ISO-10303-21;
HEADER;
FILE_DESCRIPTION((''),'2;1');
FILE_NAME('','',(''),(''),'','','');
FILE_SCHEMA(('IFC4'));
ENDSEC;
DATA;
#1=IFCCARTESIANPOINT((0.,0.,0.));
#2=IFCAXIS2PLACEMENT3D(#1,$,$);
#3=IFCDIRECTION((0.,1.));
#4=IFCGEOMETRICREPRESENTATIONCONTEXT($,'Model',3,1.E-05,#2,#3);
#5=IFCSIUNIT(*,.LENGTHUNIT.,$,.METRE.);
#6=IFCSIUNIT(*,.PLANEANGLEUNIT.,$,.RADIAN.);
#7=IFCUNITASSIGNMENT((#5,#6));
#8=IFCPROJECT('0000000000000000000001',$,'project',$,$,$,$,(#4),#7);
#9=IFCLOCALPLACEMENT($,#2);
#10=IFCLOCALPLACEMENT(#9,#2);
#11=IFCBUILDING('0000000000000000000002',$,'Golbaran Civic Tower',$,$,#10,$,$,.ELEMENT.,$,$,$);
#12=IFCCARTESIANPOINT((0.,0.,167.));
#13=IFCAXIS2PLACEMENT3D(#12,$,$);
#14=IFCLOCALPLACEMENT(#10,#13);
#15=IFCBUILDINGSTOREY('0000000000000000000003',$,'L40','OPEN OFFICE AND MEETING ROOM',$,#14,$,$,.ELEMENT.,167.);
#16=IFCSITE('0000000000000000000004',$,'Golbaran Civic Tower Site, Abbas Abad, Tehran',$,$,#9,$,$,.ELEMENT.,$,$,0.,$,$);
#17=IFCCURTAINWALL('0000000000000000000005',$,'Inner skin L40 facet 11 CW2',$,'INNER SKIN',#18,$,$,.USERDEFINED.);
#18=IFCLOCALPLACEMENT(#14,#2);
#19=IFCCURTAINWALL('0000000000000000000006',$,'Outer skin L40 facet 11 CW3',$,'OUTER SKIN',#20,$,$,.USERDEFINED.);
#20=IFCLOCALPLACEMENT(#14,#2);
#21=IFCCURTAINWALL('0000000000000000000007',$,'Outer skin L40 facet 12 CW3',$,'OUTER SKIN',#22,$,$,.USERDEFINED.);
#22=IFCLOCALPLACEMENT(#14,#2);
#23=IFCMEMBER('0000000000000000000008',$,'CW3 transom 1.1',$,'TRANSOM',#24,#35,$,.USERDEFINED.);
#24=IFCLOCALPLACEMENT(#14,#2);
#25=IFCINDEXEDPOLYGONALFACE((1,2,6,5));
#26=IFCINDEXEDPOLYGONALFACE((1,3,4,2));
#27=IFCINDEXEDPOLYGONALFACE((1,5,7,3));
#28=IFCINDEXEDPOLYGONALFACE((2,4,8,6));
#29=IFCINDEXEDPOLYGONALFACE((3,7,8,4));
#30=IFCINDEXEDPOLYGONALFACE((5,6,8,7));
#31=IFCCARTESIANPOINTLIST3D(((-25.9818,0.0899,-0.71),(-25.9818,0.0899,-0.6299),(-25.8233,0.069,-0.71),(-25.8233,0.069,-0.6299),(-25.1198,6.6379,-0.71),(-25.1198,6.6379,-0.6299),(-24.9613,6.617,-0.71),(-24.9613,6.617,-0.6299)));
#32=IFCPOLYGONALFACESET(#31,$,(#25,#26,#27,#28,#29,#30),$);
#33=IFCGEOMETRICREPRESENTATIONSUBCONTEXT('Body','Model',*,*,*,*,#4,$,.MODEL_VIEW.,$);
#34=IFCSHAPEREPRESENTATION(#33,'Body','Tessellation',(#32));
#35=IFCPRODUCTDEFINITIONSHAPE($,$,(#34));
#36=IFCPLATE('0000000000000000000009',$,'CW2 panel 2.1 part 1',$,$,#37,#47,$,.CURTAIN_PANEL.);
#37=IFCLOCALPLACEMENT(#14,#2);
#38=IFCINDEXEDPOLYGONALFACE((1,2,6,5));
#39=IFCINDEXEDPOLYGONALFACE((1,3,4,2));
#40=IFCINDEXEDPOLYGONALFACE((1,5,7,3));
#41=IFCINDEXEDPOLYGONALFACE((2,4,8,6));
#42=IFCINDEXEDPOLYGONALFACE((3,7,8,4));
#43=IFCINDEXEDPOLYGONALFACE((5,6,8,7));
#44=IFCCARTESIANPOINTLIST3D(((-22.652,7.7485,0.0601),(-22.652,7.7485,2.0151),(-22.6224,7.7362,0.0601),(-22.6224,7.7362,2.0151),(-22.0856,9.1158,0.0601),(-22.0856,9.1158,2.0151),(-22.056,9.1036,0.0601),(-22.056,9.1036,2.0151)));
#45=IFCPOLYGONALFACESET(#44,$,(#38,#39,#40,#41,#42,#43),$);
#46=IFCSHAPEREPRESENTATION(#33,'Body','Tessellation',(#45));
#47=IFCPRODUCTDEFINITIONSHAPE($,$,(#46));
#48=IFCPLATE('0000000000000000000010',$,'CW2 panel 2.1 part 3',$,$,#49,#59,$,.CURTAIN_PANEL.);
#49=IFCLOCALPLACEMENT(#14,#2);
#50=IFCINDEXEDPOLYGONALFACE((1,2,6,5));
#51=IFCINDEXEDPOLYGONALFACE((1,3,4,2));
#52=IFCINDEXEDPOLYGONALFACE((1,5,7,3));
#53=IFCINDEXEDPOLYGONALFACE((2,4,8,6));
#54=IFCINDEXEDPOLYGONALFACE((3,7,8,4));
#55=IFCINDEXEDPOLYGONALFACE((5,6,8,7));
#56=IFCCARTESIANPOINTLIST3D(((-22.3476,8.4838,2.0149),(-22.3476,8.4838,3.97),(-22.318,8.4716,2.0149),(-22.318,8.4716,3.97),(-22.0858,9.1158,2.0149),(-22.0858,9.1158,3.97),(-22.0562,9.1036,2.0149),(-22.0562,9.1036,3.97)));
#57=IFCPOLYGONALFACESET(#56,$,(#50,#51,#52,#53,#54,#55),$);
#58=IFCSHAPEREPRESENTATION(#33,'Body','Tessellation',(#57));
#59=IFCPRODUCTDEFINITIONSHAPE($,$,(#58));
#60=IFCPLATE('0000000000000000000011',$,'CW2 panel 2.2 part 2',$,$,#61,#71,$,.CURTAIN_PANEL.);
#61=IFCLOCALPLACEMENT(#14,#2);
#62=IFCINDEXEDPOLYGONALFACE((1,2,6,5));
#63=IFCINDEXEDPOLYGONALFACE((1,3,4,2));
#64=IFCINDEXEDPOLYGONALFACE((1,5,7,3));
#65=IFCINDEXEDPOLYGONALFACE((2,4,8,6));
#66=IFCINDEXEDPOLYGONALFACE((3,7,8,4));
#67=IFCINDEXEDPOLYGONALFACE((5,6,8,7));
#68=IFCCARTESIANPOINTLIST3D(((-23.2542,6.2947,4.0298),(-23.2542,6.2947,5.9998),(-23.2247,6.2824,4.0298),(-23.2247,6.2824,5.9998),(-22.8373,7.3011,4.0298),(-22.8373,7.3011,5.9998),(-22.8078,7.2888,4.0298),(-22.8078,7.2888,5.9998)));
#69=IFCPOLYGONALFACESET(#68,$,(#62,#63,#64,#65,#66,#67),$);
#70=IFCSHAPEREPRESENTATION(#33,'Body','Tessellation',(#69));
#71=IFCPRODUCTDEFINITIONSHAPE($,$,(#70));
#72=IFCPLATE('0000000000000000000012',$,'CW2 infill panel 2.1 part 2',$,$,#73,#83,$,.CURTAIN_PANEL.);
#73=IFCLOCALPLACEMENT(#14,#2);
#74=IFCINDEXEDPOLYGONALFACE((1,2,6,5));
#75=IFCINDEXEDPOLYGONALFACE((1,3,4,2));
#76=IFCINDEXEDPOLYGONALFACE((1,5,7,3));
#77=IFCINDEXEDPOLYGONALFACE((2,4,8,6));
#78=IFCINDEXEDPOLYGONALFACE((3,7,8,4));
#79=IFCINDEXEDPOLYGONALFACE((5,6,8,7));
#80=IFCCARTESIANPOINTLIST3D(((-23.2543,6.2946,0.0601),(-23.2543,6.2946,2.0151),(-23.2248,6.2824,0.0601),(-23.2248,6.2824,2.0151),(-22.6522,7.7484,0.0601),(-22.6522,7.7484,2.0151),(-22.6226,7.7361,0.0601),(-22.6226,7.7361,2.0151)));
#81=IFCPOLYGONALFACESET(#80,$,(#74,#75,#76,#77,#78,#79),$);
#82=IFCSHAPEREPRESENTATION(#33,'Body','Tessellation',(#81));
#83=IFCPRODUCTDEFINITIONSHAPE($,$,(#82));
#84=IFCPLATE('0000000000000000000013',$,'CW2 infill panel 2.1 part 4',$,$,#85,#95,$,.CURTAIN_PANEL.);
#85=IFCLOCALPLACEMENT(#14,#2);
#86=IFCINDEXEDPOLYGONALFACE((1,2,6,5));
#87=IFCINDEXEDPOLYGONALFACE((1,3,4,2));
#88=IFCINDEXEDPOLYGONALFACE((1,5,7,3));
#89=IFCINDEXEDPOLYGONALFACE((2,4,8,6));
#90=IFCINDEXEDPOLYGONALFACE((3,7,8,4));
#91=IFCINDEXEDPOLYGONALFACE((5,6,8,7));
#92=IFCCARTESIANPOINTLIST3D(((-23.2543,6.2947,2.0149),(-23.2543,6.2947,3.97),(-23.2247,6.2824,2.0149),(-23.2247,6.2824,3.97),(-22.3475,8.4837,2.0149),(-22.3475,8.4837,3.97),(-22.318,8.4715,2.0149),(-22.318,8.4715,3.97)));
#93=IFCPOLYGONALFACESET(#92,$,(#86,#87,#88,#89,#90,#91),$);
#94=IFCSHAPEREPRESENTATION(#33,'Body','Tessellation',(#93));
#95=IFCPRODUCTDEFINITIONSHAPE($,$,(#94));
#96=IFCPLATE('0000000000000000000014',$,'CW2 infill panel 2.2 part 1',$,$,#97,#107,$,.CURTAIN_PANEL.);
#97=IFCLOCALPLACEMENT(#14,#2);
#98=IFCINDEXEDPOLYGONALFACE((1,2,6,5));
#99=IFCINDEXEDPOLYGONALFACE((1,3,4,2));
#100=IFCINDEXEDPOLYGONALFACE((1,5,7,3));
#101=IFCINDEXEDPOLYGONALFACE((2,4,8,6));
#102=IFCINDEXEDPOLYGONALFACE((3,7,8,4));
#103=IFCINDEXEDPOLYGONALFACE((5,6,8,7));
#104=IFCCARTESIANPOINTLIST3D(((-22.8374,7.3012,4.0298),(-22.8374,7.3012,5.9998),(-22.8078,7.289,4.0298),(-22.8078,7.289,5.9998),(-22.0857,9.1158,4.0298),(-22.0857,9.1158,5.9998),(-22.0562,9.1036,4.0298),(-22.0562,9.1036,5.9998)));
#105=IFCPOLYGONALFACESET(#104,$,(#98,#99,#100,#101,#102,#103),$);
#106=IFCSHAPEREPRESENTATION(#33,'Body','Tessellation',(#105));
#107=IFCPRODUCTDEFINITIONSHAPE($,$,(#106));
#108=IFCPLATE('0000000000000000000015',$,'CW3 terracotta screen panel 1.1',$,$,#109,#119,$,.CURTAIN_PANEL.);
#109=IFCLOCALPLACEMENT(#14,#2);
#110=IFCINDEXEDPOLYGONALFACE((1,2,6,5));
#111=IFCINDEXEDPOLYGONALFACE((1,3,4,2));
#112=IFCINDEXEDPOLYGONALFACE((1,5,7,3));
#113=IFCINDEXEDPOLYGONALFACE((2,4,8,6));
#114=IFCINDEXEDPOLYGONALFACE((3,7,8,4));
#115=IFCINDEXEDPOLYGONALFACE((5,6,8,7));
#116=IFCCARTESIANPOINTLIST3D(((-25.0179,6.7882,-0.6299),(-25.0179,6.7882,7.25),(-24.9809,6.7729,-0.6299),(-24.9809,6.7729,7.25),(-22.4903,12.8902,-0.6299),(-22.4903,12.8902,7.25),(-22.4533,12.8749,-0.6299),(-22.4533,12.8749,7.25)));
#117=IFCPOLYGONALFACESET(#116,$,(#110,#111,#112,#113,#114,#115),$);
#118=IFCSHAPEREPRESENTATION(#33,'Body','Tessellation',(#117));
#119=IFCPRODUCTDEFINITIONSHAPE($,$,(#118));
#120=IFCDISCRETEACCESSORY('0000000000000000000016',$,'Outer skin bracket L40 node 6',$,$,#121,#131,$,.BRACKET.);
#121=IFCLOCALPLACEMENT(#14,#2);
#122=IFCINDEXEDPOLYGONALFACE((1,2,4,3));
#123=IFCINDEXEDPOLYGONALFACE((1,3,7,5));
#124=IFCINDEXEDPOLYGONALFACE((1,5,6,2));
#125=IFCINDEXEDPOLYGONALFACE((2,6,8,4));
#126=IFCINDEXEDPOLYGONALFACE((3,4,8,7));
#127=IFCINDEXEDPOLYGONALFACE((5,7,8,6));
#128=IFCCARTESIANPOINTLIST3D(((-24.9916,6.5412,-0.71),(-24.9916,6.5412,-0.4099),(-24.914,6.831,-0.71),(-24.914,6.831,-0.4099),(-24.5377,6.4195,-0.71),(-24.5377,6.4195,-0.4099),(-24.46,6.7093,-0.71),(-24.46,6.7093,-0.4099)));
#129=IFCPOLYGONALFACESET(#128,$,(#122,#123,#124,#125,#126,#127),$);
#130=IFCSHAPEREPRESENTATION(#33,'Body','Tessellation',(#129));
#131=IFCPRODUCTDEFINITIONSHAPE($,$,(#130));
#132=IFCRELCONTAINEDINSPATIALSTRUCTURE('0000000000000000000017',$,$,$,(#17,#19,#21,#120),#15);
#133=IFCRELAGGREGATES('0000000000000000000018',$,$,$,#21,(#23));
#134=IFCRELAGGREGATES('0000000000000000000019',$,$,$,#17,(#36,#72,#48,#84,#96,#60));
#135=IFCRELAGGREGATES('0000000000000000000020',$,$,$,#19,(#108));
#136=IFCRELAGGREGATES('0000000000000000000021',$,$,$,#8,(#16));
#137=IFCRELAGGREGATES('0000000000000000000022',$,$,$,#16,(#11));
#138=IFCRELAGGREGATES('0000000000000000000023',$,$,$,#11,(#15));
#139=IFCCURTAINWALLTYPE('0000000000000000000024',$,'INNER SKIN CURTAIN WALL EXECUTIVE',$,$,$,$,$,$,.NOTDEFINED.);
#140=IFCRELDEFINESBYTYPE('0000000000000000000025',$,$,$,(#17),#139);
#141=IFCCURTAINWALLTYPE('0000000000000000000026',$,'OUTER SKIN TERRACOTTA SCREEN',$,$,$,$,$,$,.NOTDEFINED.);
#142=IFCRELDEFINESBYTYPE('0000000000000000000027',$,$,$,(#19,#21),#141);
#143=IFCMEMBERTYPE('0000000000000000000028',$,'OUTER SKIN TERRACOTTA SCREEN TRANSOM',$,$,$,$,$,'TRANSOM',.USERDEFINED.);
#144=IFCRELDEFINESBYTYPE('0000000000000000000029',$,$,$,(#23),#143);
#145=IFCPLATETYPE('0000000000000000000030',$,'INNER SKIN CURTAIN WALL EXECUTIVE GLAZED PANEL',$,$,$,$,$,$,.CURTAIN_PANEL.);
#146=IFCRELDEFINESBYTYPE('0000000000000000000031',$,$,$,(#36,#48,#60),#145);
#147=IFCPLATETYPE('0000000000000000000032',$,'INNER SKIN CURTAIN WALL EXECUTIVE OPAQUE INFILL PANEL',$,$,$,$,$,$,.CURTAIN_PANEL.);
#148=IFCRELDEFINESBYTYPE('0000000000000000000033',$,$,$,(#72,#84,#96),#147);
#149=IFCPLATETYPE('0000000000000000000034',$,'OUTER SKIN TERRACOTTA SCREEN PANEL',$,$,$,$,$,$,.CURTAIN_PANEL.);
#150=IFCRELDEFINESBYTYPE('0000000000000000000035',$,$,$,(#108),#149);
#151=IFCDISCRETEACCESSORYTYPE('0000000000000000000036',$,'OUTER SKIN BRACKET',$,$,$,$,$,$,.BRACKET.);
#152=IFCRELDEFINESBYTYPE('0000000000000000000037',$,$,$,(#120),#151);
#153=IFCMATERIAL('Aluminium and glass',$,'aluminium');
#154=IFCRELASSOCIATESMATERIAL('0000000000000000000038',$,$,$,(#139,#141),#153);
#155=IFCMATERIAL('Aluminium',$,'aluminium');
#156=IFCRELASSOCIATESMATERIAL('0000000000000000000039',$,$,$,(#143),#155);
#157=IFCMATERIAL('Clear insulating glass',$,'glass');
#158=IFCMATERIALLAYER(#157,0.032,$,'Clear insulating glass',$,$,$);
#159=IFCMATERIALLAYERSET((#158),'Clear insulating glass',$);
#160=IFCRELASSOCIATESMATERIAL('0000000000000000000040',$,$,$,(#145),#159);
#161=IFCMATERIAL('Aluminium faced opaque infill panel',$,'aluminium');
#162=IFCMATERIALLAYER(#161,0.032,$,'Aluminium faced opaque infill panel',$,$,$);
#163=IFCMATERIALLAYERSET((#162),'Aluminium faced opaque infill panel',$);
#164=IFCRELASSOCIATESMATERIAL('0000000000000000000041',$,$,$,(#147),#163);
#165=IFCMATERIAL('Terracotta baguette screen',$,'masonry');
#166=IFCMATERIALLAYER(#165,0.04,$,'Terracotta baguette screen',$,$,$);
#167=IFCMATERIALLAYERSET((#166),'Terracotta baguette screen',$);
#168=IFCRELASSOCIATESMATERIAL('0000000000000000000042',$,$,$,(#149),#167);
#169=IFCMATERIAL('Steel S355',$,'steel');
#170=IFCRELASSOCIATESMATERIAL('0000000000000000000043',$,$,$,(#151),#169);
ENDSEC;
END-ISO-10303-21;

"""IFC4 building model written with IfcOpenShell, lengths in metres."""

from ifc_helpers import new_model, si_unit, direction, frame, origin, origin_2d, place, context, subcontext, project, spatial, rectangle, extrude, material, layer, layer_set, material_profile, profile_set, type_object, element, aggregate, save


model = new_model("IFC4")

# Units and contexts
model_context = context("Model", 3, precision=1e-05, world=origin(), true_north=direction((0.0, 1.0)))
body_context = subcontext(model_context, "Body", "Model", "MODEL_VIEW")
ifc_project = project(units=[si_unit("LENGTHUNIT", "METRE"), si_unit("PLANEANGLEUNIT", "RADIAN")], contexts=[model_context])

# Site, building, storey
site_placement = place(None, origin())
site = spatial("IfcSite", under=ifc_project, at=site_placement, Name="Golbaran Civic Tower Site, Abbas Abad, Tehran", CompositionType="ELEMENT", RefElevation=0.0)
building_placement = place(site_placement, origin())
building = spatial("IfcBuilding", under=site, at=building_placement, Name="Golbaran Civic Tower", CompositionType="ELEMENT")
storey_placement = place(building_placement, frame((0.0, 0.0, 167.0)))
storey = spatial("IfcBuildingStorey", under=building, at=storey_placement, Name="L40", Description="OPEN OFFICE AND MEETING ROOM", CompositionType="ELEMENT", Elevation=167.0)

# Shared definitions
ifc_material_1 = material(Name="Steel S355", Category="steel")

# Curtain wall
ifc_material_2 = material(Name="Aluminium and glass", Category="aluminium")
curtain_wall_type_1 = type_object("IfcCurtainWallType", Name="INNER SKIN CURTAIN WALL EXECUTIVE", PredefinedType="NOTDEFINED", material=ifc_material_2)
curtain_wall_1_placement = place(storey_placement, origin())
curtain_wall_1 = element("IfcCurtainWall", 1, at=curtain_wall_1_placement, inside=storey, type_object=curtain_wall_type_1, Name="Inner skin L40 facet 11 CW2", ObjectType="INNER SKIN", PredefinedType="USERDEFINED")
ifc_material_3 = material(Name="Aluminium", Category="aluminium")

# Shared definitions
curtain_wall_type_2 = type_object("IfcCurtainWallType", Name="OUTER SKIN TERRACOTTA SCREEN", PredefinedType="NOTDEFINED", material=ifc_material_2)

# Curtain wall
curtain_wall_2_placement = place(storey_placement, origin())
curtain_wall_2 = element("IfcCurtainWall", 2, at=curtain_wall_2_placement, inside=storey, type_object=curtain_wall_type_2, Name="Outer skin L40 facet 11 CW3", ObjectType="OUTER SKIN", PredefinedType="USERDEFINED")

# Curtain wall
curtain_wall_3_placement = place(storey_placement, origin())
curtain_wall_3 = element("IfcCurtainWall", 3, at=curtain_wall_3_placement, inside=storey, type_object=curtain_wall_type_2, Name="Outer skin L40 facet 12 CW3", ObjectType="OUTER SKIN", PredefinedType="USERDEFINED")

# Member
ifc_material_profile_1 = material_profile(ifc_material_3, rectangle(XDim=0.1599, YDim=0.0801, at=origin_2d()), Name="OUTER SKIN TERRACOTTA SCREEN TRANSOM")
ifc_profile_set_1 = profile_set([ifc_material_profile_1], Name="Aluminium")
member_type_1 = type_object("IfcMemberType", Name="OUTER SKIN TERRACOTTA SCREEN TRANSOM", ElementType="TRANSOM", PredefinedType="USERDEFINED", material=ifc_profile_set_1)
member_1_placement = place(storey_placement, frame((-25.0405, 6.6274, -0.6699), z_axis=(-0.130524, -0.991445, 0.0), x_axis=(0.991445, -0.130524, 0.0)))
member_1 = element("IfcMember", 4, at=member_1_placement, type_object=member_type_1, Name="CW3 transom 1.1", ObjectType="TRANSOM", PredefinedType="USERDEFINED", context=body_context, shape_type="SweptSolid", body=[
    extrude(rectangle(XDim=0.1599, YDim=0.0801, at=origin_2d()), origin(), (0.0, 0.0, 1.0), 6.6045),
])
aggregate(curtain_wall_3, [member_1])

# Plates
ifc_material_4 = material(Name="Clear insulating glass", Category="glass")
ifc_layer_1 = layer(ifc_material_4, 0.032, Name="Clear insulating glass")
ifc_layer_set_1 = layer_set([ifc_layer_1], Name="Clear insulating glass")
plate_type_1 = type_object("IfcPlateType", Name="INNER SKIN CURTAIN WALL EXECUTIVE GLAZED PANEL", PredefinedType="CURTAIN_PANEL", material=ifc_layer_set_1)
plate_1_placement = place(storey_placement, frame((-22.354, 8.426, 0.0601), z_axis=(0.0, 0.0, 1.0), x_axis=(-0.382683, -0.92388, 0.0)))
plate_1 = element("IfcPlate", 5, at=plate_1_placement, type_object=plate_type_1, Name="CW2 panel 2.1 part 1", PredefinedType="CURTAIN_PANEL", context=body_context, shape_type="SweptSolid", body=[
    extrude(rectangle(XDim=1.48, YDim=0.032, at=origin_2d()), origin(), (0.0, 0.0, 1.0), 1.9551),
])
plate_2_placement = place(storey_placement, frame((-22.2019, 8.7937, 2.0149), z_axis=(0.0, 0.0, 1.0), x_axis=(-0.382683, -0.92388, 0.0)))
plate_2 = element("IfcPlate", 6, at=plate_2_placement, type_object=plate_type_1, Name="CW2 panel 2.1 part 3", PredefinedType="CURTAIN_PANEL", context=body_context, shape_type="SweptSolid", body=[
    extrude(rectangle(XDim=0.6841, YDim=0.032, at=origin_2d()), origin(), (0.0, 0.0, 1.0), 1.9551),
])
plate_3_placement = place(storey_placement, frame((-23.031, 6.7917, 4.0298), z_axis=(0.0, 0.0, 1.0), x_axis=(-0.382683, -0.92388, 0.0)))
plate_3 = element("IfcPlate", 7, at=plate_3_placement, type_object=plate_type_1, Name="CW2 panel 2.2 part 2", PredefinedType="CURTAIN_PANEL", context=body_context, shape_type="SweptSolid", body=[
    extrude(rectangle(XDim=1.0894, YDim=0.032, at=origin_2d()), origin(), (0.0, 0.0, 1.0), 1.97),
])
ifc_material_5 = material(Name="Aluminium faced opaque infill panel", Category="aluminium")
ifc_layer_2 = layer(ifc_material_5, 0.032, Name="Aluminium faced opaque infill panel")
ifc_layer_set_2 = layer_set([ifc_layer_2], Name="Aluminium faced opaque infill panel")
plate_type_2 = type_object("IfcPlateType", Name="INNER SKIN CURTAIN WALL EXECUTIVE OPAQUE INFILL PANEL", PredefinedType="CURTAIN_PANEL", material=ifc_layer_set_2)
plate_4_placement = place(storey_placement, frame((-22.9385, 7.0154, 0.0601), z_axis=(0.0, 0.0, 1.0), x_axis=(-0.382683, -0.92388, 0.0)))
plate_4 = element("IfcPlate", 8, at=plate_4_placement, type_object=plate_type_2, Name="CW2 infill panel 2.1 part 2", PredefinedType="CURTAIN_PANEL", context=body_context, shape_type="SweptSolid", body=[
    extrude(rectangle(XDim=1.5735, YDim=0.032, at=origin_2d()), origin(), (0.0, 0.0, 1.0), 1.9551),
])
plate_5_placement = place(storey_placement, frame((-22.7861, 7.3831, 2.0149), z_axis=(0.0, 0.0, 1.0), x_axis=(-0.382683, -0.92388, 0.0)))
plate_5 = element("IfcPlate", 9, at=plate_5_placement, type_object=plate_type_2, Name="CW2 infill panel 2.1 part 4", PredefinedType="CURTAIN_PANEL", context=body_context, shape_type="SweptSolid", body=[
    extrude(rectangle(XDim=2.3694, YDim=0.032, at=origin_2d()), origin(), (0.0, 0.0, 1.0), 1.9551),
])
plate_6_placement = place(storey_placement, frame((-22.4468, 8.2024, 4.0298), z_axis=(0.0, 0.0, 1.0), x_axis=(-0.382683, -0.92388, 0.0)))
plate_6 = element("IfcPlate", 10, at=plate_6_placement, type_object=plate_type_2, Name="CW2 infill panel 2.2 part 1", PredefinedType="CURTAIN_PANEL", context=body_context, shape_type="SweptSolid", body=[
    extrude(rectangle(XDim=1.9641, YDim=0.032, at=origin_2d()), origin(), (0.0, 0.0, 1.0), 1.97),
])
aggregate(curtain_wall_1, [plate_1, plate_4, plate_2, plate_5, plate_6, plate_3])
ifc_material_6 = material(Name="Terracotta baguette screen", Category="masonry")
ifc_layer_3 = layer(ifc_material_6, 0.04, Name="Terracotta baguette screen")
ifc_layer_set_3 = layer_set([ifc_layer_3], Name="Terracotta baguette screen")
plate_type_3 = type_object("IfcPlateType", Name="OUTER SKIN TERRACOTTA SCREEN PANEL", PredefinedType="CURTAIN_PANEL", material=ifc_layer_set_3)
plate_7_placement = place(storey_placement, frame((-23.7356, 9.8315, -0.6299), z_axis=(0.0, 0.0, 1.0), x_axis=(-0.382683, -0.92388, 0.0)))
plate_7 = element("IfcPlate", 11, at=plate_7_placement, type_object=plate_type_3, Name="CW3 terracotta screen panel 1.1", PredefinedType="CURTAIN_PANEL", context=body_context, shape_type="SweptSolid", body=[
    extrude(rectangle(XDim=6.6047, YDim=0.04, at=origin_2d()), origin(), (0.0, 0.0, 1.0), 7.8799),
])
aggregate(curtain_wall_2, [plate_7])

# Discrete accessory
discrete_accessory_type = type_object("IfcDiscreteAccessoryType", Name="OUTER SKIN BRACKET", PredefinedType="BRACKET", material=ifc_material_1)
discrete_accessory_placement = place(storey_placement, frame((-24.7258, 6.6252, -0.71), z_axis=(0.0, 0.0, 1.0), x_axis=(-0.965926, 0.258819, 0.0)))
element("IfcDiscreteAccessory", 12, at=discrete_accessory_placement, inside=storey, type_object=discrete_accessory_type, Name="Outer skin bracket L40 node 6", PredefinedType="BRACKET", context=body_context, shape_type="SweptSolid", body=[
    extrude(rectangle(XDim=0.47, YDim=0.3, at=origin_2d()), origin(), (0.0, 0.0, 1.0), 0.3),
])

save(model, "model.ifc")
